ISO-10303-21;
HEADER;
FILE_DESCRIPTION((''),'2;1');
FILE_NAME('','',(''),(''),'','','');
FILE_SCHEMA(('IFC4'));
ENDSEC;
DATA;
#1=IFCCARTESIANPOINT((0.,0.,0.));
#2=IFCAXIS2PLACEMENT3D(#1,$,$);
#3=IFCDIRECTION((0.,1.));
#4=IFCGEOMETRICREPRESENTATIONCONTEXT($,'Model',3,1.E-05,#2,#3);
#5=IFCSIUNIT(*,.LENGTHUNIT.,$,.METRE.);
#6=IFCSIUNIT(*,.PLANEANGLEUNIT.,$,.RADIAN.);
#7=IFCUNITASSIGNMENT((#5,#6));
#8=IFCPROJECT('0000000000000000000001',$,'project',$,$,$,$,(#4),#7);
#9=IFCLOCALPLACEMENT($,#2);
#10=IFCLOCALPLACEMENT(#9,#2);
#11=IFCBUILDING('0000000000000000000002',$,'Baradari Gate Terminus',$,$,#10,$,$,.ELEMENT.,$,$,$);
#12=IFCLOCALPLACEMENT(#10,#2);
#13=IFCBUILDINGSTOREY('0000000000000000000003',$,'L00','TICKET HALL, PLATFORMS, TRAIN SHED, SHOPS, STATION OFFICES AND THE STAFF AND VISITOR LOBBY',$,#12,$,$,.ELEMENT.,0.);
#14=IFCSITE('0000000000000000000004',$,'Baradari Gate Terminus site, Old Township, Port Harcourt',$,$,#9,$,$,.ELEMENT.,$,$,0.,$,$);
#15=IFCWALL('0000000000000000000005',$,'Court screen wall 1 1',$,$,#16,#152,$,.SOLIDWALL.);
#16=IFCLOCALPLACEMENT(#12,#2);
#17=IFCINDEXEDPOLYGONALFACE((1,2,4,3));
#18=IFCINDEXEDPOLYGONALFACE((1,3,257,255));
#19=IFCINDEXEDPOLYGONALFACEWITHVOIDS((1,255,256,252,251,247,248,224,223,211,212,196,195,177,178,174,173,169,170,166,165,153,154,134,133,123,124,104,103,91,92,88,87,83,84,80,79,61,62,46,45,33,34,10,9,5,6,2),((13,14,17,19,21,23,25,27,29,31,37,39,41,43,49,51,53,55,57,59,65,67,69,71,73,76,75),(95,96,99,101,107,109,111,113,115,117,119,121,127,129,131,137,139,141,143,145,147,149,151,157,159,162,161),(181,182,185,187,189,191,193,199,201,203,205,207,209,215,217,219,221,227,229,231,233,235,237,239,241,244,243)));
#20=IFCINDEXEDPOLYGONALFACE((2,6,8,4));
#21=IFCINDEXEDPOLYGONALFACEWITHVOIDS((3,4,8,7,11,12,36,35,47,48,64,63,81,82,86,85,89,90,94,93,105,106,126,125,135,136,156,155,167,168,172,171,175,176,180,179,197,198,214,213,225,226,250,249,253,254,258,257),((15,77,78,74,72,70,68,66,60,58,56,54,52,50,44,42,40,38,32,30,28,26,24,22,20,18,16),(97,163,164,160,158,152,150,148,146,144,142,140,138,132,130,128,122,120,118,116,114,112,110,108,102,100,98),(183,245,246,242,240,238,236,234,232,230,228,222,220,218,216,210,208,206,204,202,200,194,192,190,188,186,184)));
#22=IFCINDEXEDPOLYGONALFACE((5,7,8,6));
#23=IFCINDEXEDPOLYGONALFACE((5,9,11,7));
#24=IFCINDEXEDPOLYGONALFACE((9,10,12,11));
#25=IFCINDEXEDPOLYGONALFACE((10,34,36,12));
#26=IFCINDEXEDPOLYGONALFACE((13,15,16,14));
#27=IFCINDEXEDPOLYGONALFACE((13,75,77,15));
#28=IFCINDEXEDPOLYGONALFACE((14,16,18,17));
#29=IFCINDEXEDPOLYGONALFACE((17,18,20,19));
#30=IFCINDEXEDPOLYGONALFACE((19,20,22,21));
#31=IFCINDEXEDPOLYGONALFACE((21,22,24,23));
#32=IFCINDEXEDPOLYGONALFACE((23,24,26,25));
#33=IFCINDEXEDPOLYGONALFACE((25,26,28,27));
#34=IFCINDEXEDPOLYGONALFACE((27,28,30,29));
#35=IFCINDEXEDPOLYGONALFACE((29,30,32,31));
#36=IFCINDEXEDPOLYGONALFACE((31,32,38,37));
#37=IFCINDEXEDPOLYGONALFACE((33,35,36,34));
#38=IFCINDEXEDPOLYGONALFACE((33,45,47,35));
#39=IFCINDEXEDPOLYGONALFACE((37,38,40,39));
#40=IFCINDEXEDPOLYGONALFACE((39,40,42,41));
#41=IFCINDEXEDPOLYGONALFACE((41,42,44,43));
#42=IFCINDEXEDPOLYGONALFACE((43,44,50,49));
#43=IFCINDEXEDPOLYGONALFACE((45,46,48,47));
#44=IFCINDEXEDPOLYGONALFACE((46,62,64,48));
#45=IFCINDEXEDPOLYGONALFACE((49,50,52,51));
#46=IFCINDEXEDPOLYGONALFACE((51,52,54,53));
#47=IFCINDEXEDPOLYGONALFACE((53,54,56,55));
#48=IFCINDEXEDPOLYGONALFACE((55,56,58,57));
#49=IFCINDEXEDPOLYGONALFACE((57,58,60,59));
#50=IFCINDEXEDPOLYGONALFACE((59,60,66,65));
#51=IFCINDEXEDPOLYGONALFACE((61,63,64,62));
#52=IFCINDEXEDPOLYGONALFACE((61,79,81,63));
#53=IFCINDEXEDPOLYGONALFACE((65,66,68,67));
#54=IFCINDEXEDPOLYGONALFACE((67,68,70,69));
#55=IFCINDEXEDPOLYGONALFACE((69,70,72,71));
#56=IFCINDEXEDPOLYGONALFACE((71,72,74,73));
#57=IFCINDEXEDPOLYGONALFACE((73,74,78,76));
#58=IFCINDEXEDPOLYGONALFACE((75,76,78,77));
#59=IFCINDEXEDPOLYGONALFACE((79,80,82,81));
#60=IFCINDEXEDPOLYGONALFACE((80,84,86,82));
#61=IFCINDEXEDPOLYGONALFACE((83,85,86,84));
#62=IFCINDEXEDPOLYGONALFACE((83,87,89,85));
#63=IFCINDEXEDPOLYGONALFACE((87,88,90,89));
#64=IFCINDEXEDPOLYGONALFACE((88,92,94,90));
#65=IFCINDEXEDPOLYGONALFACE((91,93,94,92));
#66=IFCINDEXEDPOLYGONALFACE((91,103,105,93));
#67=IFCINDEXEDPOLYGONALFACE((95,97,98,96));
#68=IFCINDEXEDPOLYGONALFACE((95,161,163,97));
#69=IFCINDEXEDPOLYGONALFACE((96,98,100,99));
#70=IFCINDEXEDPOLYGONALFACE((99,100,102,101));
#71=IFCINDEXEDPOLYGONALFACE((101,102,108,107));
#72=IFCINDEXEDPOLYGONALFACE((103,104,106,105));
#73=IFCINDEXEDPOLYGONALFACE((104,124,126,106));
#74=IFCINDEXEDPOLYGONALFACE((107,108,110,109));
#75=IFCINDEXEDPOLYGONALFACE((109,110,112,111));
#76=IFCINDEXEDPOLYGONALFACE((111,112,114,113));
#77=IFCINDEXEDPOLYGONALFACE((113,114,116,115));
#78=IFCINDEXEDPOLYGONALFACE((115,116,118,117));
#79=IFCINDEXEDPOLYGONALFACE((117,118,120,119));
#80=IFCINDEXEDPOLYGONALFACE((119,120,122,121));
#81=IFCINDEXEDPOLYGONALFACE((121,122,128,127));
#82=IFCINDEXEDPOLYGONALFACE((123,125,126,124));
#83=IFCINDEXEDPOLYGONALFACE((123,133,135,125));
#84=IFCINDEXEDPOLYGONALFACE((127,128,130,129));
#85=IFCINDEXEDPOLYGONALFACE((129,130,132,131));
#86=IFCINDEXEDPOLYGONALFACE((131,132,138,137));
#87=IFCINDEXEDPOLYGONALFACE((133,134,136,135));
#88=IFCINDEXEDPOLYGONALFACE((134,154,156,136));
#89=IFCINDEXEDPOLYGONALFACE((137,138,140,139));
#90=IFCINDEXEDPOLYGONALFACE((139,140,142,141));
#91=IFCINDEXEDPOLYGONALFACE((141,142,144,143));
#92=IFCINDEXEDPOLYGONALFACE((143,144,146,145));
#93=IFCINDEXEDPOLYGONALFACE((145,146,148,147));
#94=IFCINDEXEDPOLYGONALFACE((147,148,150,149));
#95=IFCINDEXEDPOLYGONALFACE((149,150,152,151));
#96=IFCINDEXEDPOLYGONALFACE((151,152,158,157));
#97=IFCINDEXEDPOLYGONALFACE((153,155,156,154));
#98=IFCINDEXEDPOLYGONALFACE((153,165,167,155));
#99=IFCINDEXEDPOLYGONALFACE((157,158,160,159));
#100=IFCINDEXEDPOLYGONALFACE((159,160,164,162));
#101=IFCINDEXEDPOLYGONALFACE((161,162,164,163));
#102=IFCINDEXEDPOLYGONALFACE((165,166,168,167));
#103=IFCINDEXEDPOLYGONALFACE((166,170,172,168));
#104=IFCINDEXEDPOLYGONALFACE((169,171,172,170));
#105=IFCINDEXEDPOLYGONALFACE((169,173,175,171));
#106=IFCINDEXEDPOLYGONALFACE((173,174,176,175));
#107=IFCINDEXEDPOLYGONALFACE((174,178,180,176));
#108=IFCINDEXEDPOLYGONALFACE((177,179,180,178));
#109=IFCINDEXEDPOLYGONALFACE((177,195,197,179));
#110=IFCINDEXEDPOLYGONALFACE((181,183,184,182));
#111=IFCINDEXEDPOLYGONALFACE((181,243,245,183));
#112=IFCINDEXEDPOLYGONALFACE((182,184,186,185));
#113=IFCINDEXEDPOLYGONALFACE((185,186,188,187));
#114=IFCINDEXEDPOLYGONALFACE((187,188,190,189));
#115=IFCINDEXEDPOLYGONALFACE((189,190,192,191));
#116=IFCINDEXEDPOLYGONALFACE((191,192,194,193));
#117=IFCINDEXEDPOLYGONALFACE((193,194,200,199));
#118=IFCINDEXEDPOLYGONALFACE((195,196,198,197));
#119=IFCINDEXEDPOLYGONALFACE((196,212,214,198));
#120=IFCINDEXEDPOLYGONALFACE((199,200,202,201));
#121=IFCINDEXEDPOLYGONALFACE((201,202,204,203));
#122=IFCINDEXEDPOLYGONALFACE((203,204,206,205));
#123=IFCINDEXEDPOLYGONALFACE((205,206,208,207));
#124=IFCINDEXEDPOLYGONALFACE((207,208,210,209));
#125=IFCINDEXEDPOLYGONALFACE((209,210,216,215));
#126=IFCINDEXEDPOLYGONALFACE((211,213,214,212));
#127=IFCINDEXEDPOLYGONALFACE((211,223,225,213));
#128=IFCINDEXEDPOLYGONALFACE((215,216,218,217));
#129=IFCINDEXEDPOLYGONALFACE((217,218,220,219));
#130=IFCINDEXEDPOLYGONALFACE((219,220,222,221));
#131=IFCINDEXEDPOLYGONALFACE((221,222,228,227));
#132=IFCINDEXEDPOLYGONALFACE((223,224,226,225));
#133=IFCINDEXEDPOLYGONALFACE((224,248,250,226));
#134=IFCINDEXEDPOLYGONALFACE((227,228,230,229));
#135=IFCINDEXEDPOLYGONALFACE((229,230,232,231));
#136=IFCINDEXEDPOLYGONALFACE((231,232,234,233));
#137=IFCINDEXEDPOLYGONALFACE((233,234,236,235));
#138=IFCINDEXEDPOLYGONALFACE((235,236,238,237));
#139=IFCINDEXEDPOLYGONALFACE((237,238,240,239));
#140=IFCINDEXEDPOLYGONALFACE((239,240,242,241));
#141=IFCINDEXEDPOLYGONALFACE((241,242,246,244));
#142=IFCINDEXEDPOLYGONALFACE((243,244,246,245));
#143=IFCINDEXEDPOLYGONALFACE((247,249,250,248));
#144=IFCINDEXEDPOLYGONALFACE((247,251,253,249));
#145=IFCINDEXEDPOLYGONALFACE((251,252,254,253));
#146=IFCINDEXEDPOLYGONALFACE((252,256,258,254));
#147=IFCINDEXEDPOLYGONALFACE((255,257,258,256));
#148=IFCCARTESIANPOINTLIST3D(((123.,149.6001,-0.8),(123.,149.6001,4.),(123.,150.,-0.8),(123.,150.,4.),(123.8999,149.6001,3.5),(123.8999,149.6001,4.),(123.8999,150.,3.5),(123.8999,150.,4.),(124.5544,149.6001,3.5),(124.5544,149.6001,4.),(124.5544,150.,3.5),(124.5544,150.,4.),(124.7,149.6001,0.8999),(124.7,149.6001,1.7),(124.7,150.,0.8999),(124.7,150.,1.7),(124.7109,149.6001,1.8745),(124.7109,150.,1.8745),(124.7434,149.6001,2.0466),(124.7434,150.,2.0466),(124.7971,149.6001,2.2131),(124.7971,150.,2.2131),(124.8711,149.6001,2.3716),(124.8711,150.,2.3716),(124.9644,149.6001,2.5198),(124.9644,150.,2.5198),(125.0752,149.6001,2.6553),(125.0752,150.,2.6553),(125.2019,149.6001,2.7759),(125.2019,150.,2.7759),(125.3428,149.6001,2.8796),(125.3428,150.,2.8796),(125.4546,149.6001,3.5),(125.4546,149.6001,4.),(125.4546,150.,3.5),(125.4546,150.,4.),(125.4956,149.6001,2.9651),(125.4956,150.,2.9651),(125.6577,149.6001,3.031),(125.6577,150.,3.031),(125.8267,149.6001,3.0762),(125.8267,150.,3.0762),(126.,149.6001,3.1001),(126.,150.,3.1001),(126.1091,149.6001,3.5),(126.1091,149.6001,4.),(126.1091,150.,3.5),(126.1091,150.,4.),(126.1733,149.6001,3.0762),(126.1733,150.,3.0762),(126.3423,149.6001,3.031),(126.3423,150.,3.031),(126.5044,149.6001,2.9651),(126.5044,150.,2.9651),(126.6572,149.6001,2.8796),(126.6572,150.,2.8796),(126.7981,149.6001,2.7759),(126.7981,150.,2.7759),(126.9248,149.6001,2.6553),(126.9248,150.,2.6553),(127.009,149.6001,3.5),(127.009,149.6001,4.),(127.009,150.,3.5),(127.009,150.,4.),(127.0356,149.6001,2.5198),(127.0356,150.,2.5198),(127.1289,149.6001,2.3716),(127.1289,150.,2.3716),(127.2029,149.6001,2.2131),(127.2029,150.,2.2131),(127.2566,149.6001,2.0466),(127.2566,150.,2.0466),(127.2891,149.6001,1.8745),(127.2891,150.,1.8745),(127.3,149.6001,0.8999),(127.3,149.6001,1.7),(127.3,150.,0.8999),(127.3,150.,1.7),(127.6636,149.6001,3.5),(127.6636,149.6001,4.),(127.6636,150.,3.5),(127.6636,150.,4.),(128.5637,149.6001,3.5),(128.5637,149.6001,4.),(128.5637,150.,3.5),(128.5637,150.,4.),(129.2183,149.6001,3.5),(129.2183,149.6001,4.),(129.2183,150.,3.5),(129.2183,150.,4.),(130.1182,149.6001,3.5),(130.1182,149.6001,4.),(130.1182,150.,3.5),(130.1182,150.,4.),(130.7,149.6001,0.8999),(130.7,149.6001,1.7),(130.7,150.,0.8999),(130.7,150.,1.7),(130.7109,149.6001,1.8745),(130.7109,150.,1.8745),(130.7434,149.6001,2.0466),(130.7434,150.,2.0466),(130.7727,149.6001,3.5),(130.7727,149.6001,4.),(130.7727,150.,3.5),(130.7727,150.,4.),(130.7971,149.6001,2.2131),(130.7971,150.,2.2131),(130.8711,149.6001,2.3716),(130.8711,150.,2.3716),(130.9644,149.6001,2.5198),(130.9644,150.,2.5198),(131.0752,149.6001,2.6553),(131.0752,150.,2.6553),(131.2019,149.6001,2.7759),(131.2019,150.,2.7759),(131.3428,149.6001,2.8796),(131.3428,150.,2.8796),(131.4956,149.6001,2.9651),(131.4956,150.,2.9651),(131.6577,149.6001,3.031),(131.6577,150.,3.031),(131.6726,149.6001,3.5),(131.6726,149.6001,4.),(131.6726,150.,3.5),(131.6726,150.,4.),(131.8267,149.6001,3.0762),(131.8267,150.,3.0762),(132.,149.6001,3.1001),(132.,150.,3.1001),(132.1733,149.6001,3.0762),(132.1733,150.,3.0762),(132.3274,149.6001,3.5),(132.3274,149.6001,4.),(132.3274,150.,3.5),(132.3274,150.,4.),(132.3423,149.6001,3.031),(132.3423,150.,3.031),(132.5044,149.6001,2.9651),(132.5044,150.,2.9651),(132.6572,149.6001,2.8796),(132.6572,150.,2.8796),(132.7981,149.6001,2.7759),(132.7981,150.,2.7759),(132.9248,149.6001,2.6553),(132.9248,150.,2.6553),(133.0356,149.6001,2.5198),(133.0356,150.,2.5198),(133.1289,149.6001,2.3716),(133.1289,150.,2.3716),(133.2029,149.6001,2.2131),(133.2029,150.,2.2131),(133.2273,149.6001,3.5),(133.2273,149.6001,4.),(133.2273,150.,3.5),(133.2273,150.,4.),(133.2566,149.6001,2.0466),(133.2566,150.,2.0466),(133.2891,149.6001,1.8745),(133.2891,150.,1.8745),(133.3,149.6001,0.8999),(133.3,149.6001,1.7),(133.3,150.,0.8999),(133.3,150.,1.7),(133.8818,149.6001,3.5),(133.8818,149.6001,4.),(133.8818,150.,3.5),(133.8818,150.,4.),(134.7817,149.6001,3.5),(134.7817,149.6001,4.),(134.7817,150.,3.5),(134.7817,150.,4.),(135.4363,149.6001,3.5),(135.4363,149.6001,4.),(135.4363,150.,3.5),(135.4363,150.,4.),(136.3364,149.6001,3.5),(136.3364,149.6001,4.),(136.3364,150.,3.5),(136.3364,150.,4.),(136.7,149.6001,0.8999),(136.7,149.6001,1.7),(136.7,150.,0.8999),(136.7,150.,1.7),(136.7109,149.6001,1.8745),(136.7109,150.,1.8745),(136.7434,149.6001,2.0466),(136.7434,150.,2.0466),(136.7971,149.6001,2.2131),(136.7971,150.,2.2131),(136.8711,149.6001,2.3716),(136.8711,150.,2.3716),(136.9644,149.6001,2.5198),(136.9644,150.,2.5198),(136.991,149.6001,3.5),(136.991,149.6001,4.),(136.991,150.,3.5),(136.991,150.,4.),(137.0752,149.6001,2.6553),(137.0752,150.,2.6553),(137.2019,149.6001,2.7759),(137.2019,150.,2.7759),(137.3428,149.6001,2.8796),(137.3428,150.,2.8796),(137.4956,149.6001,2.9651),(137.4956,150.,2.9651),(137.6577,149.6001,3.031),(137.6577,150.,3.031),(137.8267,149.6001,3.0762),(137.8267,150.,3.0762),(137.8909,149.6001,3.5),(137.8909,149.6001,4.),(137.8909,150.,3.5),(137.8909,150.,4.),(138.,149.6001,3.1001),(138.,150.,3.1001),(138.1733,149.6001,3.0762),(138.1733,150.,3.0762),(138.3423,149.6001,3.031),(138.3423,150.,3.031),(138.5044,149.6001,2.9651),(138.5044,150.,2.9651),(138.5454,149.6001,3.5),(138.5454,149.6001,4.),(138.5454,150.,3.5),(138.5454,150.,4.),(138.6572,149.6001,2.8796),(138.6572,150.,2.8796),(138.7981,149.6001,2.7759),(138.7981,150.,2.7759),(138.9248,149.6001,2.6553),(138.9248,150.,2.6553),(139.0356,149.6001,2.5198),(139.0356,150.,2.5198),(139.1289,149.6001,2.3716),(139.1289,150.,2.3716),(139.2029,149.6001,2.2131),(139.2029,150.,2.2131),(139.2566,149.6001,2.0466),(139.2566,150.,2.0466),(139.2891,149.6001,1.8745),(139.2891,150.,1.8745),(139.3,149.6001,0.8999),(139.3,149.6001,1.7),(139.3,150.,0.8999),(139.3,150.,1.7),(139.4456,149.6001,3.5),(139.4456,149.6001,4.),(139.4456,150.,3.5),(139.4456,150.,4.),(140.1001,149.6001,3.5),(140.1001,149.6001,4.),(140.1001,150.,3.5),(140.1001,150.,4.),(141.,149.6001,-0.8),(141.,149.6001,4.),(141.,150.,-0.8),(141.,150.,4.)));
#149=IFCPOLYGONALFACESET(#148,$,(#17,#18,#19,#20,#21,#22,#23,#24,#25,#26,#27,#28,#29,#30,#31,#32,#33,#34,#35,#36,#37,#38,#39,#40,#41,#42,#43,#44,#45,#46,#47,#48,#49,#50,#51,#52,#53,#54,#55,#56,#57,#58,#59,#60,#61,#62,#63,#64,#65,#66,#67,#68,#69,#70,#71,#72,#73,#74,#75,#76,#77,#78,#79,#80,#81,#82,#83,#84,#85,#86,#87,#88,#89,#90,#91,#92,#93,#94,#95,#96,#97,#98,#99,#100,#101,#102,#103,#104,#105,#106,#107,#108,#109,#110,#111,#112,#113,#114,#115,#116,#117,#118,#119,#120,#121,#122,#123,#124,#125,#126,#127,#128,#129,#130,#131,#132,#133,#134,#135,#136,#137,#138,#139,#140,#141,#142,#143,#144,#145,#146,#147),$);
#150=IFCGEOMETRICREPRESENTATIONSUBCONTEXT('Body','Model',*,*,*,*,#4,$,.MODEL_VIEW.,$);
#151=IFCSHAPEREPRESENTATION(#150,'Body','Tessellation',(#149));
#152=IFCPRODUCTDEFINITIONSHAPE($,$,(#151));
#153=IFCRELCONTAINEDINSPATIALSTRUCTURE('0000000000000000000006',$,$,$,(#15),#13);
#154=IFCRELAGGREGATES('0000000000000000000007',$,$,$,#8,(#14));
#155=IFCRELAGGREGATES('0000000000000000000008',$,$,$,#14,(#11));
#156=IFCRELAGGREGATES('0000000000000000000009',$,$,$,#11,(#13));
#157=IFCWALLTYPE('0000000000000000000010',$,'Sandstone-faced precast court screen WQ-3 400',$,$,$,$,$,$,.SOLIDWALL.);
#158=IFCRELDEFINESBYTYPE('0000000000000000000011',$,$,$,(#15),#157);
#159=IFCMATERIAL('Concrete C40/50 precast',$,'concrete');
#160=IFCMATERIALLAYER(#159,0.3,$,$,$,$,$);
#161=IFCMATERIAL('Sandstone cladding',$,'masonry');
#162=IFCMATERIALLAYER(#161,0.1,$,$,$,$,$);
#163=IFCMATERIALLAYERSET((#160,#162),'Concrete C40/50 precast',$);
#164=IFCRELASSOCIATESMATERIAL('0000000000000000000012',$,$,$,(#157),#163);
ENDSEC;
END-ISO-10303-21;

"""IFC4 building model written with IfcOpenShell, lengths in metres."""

from ifc_helpers import new_model, si_unit, direction, frame, origin, place, context, subcontext, project, spatial, polyline, outline, extrude, material, layer, layer_set, type_object, element, save


model = new_model("IFC4")

# Units and contexts
model_context = context("Model", 3, precision=1e-05, world=origin(), true_north=direction((0.0, 1.0)))
body_context = subcontext(model_context, "Body", "Model", "MODEL_VIEW")
ifc_project = project(units=[si_unit("LENGTHUNIT", "METRE"), si_unit("PLANEANGLEUNIT", "RADIAN")], contexts=[model_context])

# Site, building, storey
site_placement = place(None, origin())
site = spatial("IfcSite", under=ifc_project, at=site_placement, Name="Baradari Gate Terminus site, Old Township, Port Harcourt", CompositionType="ELEMENT", RefElevation=0.0)
building_placement = place(site_placement, origin())
building = spatial("IfcBuilding", under=site, at=building_placement, Name="Baradari Gate Terminus", CompositionType="ELEMENT")
storey_placement = place(building_placement, origin())
storey = spatial("IfcBuildingStorey", under=building, at=storey_placement, Name="L00", Description="TICKET HALL, PLATFORMS, TRAIN SHED, SHOPS, STATION OFFICES AND THE STAFF AND VISITOR LOBBY", CompositionType="ELEMENT", Elevation=0.0)

# Wall
ifc_material_1 = material(Name="Concrete C40/50 precast", Category="concrete")
ifc_layer_1 = layer(ifc_material_1, 0.3)
ifc_material_2 = material(Name="Sandstone cladding", Category="masonry")
ifc_layer_2 = layer(ifc_material_2, 0.1)
ifc_layer_set = layer_set([ifc_layer_1, ifc_layer_2], Name="Concrete C40/50 precast")
wall_type = type_object("IfcWallType", Name="Sandstone-faced precast court screen WQ-3 400", PredefinedType="SOLIDWALL", material=ifc_layer_set)
wall_placement = place(storey_placement, frame((123.0, 149.8, -0.8), z_axis=(0.0, 0.0, 1.0), x_axis=(1.0, 0.0, 0.0)))
element("IfcWall", 1, at=wall_placement, inside=storey, type_object=wall_type, Name="Court screen wall 1 1", PredefinedType="SOLIDWALL", context=body_context, shape_type="SweptSolid", body=[
    extrude(outline(polyline([(17.1001, 4.8), (17.1001, 4.3), (16.4456, 4.3), (16.4456, 4.8), (15.5454, 4.8), (15.5454, 4.3), (14.8909, 4.3), (14.8909, 4.8), (13.991, 4.8), (13.991, 4.3), (13.3364, 4.3), (13.3364, 4.8), (12.4363, 4.8), (12.4363, 4.3), (11.7817, 4.3), (11.7817, 4.8), (10.8818, 4.8), (10.8818, 4.3), (10.2273, 4.3), (10.2273, 4.8), (9.3274, 4.8), (9.3274, 4.3), (8.6726, 4.3), (8.6726, 4.8), (7.7727, 4.8), (7.7727, 4.3), (7.1182, 4.3), (7.1182, 4.8), (6.2183, 4.8), (6.2183, 4.3), (5.5637, 4.3), (5.5637, 4.8), (4.6636, 4.8), (4.6636, 4.3), (4.009, 4.3), (4.009, 4.8), (3.1091, 4.8), (3.1091, 4.3), (2.4546, 4.3), (2.4546, 4.8), (1.5544, 4.8), (1.5544, 4.3), (0.8999, 4.3), (0.8999, 4.8), (0.0, 4.8), (0.0, 0.0), (18.0, 0.0), (18.0, 4.8), (17.1001, 4.8)]), holes=[polyline([(1.7434, 2.8467), (1.7971, 3.0132), (1.8711, 3.1716), (1.9644, 3.3198), (2.0752, 3.4553), (2.2019, 3.5759), (2.3428, 3.6797), (2.4956, 3.7651), (2.6577, 3.8311), (2.8267, 3.8762), (3.0, 3.9001), (3.1733, 3.8762), (3.3423, 3.8311), (3.5044, 3.7651), (3.6572, 3.6797), (3.7981, 3.5759), (3.9248, 3.4553), (4.0356, 3.3198), (4.1289, 3.1716), (4.2029, 3.0132), (4.2566, 2.8467), (4.2891, 2.6746), (4.3, 2.5), (4.3, 1.7), (1.7, 1.7), (1.7, 2.5), (1.7109, 2.6746), (1.7434, 2.8467)]), polyline([(7.7971, 3.0132), (7.8711, 3.1716), (7.9644, 3.3198), (8.0752, 3.4553), (8.2019, 3.5759), (8.3428, 3.6797), (8.4956, 3.7651), (8.6577, 3.8311), (8.8267, 3.8762), (9.0, 3.9001), (9.1733, 3.8762), (9.3423, 3.8311), (9.5044, 3.7651), (9.6572, 3.6797), (9.7981, 3.5759), (9.9248, 3.4553), (10.0356, 3.3198), (10.1289, 3.1716), (10.2029, 3.0132), (10.2566, 2.8467), (10.2891, 2.6746), (10.3, 2.5), (10.3, 1.7), (7.7, 1.7), (7.7, 2.5), (7.7109, 2.6746), (7.7434, 2.8467), (7.7971, 3.0132)]), polyline([(13.7434, 2.8467), (13.7971, 3.0132), (13.8711, 3.1716), (13.9644, 3.3198), (14.0752, 3.4553), (14.2019, 3.5759), (14.3428, 3.6797), (14.4956, 3.7651), (14.6577, 3.8311), (14.8267, 3.8762), (15.0, 3.9001), (15.1733, 3.8762), (15.3423, 3.8311), (15.5044, 3.7651), (15.6572, 3.6797), (15.7981, 3.5759), (15.9248, 3.4553), (16.0356, 3.3198), (16.1289, 3.1716), (16.2029, 3.0132), (16.2566, 2.8467), (16.2891, 2.6746), (16.3, 2.5), (16.3, 1.7), (13.7, 1.7), (13.7, 2.5), (13.7109, 2.6746), (13.7434, 2.8467)])]), frame((0.0, 0.2, 0.0), z_axis=(0.0, -1.0, 0.0), x_axis=(1.0, 0.0, 0.0)), (0.0, 0.0, 1.0), 0.3999),
])

save(model, "model.ifc")
